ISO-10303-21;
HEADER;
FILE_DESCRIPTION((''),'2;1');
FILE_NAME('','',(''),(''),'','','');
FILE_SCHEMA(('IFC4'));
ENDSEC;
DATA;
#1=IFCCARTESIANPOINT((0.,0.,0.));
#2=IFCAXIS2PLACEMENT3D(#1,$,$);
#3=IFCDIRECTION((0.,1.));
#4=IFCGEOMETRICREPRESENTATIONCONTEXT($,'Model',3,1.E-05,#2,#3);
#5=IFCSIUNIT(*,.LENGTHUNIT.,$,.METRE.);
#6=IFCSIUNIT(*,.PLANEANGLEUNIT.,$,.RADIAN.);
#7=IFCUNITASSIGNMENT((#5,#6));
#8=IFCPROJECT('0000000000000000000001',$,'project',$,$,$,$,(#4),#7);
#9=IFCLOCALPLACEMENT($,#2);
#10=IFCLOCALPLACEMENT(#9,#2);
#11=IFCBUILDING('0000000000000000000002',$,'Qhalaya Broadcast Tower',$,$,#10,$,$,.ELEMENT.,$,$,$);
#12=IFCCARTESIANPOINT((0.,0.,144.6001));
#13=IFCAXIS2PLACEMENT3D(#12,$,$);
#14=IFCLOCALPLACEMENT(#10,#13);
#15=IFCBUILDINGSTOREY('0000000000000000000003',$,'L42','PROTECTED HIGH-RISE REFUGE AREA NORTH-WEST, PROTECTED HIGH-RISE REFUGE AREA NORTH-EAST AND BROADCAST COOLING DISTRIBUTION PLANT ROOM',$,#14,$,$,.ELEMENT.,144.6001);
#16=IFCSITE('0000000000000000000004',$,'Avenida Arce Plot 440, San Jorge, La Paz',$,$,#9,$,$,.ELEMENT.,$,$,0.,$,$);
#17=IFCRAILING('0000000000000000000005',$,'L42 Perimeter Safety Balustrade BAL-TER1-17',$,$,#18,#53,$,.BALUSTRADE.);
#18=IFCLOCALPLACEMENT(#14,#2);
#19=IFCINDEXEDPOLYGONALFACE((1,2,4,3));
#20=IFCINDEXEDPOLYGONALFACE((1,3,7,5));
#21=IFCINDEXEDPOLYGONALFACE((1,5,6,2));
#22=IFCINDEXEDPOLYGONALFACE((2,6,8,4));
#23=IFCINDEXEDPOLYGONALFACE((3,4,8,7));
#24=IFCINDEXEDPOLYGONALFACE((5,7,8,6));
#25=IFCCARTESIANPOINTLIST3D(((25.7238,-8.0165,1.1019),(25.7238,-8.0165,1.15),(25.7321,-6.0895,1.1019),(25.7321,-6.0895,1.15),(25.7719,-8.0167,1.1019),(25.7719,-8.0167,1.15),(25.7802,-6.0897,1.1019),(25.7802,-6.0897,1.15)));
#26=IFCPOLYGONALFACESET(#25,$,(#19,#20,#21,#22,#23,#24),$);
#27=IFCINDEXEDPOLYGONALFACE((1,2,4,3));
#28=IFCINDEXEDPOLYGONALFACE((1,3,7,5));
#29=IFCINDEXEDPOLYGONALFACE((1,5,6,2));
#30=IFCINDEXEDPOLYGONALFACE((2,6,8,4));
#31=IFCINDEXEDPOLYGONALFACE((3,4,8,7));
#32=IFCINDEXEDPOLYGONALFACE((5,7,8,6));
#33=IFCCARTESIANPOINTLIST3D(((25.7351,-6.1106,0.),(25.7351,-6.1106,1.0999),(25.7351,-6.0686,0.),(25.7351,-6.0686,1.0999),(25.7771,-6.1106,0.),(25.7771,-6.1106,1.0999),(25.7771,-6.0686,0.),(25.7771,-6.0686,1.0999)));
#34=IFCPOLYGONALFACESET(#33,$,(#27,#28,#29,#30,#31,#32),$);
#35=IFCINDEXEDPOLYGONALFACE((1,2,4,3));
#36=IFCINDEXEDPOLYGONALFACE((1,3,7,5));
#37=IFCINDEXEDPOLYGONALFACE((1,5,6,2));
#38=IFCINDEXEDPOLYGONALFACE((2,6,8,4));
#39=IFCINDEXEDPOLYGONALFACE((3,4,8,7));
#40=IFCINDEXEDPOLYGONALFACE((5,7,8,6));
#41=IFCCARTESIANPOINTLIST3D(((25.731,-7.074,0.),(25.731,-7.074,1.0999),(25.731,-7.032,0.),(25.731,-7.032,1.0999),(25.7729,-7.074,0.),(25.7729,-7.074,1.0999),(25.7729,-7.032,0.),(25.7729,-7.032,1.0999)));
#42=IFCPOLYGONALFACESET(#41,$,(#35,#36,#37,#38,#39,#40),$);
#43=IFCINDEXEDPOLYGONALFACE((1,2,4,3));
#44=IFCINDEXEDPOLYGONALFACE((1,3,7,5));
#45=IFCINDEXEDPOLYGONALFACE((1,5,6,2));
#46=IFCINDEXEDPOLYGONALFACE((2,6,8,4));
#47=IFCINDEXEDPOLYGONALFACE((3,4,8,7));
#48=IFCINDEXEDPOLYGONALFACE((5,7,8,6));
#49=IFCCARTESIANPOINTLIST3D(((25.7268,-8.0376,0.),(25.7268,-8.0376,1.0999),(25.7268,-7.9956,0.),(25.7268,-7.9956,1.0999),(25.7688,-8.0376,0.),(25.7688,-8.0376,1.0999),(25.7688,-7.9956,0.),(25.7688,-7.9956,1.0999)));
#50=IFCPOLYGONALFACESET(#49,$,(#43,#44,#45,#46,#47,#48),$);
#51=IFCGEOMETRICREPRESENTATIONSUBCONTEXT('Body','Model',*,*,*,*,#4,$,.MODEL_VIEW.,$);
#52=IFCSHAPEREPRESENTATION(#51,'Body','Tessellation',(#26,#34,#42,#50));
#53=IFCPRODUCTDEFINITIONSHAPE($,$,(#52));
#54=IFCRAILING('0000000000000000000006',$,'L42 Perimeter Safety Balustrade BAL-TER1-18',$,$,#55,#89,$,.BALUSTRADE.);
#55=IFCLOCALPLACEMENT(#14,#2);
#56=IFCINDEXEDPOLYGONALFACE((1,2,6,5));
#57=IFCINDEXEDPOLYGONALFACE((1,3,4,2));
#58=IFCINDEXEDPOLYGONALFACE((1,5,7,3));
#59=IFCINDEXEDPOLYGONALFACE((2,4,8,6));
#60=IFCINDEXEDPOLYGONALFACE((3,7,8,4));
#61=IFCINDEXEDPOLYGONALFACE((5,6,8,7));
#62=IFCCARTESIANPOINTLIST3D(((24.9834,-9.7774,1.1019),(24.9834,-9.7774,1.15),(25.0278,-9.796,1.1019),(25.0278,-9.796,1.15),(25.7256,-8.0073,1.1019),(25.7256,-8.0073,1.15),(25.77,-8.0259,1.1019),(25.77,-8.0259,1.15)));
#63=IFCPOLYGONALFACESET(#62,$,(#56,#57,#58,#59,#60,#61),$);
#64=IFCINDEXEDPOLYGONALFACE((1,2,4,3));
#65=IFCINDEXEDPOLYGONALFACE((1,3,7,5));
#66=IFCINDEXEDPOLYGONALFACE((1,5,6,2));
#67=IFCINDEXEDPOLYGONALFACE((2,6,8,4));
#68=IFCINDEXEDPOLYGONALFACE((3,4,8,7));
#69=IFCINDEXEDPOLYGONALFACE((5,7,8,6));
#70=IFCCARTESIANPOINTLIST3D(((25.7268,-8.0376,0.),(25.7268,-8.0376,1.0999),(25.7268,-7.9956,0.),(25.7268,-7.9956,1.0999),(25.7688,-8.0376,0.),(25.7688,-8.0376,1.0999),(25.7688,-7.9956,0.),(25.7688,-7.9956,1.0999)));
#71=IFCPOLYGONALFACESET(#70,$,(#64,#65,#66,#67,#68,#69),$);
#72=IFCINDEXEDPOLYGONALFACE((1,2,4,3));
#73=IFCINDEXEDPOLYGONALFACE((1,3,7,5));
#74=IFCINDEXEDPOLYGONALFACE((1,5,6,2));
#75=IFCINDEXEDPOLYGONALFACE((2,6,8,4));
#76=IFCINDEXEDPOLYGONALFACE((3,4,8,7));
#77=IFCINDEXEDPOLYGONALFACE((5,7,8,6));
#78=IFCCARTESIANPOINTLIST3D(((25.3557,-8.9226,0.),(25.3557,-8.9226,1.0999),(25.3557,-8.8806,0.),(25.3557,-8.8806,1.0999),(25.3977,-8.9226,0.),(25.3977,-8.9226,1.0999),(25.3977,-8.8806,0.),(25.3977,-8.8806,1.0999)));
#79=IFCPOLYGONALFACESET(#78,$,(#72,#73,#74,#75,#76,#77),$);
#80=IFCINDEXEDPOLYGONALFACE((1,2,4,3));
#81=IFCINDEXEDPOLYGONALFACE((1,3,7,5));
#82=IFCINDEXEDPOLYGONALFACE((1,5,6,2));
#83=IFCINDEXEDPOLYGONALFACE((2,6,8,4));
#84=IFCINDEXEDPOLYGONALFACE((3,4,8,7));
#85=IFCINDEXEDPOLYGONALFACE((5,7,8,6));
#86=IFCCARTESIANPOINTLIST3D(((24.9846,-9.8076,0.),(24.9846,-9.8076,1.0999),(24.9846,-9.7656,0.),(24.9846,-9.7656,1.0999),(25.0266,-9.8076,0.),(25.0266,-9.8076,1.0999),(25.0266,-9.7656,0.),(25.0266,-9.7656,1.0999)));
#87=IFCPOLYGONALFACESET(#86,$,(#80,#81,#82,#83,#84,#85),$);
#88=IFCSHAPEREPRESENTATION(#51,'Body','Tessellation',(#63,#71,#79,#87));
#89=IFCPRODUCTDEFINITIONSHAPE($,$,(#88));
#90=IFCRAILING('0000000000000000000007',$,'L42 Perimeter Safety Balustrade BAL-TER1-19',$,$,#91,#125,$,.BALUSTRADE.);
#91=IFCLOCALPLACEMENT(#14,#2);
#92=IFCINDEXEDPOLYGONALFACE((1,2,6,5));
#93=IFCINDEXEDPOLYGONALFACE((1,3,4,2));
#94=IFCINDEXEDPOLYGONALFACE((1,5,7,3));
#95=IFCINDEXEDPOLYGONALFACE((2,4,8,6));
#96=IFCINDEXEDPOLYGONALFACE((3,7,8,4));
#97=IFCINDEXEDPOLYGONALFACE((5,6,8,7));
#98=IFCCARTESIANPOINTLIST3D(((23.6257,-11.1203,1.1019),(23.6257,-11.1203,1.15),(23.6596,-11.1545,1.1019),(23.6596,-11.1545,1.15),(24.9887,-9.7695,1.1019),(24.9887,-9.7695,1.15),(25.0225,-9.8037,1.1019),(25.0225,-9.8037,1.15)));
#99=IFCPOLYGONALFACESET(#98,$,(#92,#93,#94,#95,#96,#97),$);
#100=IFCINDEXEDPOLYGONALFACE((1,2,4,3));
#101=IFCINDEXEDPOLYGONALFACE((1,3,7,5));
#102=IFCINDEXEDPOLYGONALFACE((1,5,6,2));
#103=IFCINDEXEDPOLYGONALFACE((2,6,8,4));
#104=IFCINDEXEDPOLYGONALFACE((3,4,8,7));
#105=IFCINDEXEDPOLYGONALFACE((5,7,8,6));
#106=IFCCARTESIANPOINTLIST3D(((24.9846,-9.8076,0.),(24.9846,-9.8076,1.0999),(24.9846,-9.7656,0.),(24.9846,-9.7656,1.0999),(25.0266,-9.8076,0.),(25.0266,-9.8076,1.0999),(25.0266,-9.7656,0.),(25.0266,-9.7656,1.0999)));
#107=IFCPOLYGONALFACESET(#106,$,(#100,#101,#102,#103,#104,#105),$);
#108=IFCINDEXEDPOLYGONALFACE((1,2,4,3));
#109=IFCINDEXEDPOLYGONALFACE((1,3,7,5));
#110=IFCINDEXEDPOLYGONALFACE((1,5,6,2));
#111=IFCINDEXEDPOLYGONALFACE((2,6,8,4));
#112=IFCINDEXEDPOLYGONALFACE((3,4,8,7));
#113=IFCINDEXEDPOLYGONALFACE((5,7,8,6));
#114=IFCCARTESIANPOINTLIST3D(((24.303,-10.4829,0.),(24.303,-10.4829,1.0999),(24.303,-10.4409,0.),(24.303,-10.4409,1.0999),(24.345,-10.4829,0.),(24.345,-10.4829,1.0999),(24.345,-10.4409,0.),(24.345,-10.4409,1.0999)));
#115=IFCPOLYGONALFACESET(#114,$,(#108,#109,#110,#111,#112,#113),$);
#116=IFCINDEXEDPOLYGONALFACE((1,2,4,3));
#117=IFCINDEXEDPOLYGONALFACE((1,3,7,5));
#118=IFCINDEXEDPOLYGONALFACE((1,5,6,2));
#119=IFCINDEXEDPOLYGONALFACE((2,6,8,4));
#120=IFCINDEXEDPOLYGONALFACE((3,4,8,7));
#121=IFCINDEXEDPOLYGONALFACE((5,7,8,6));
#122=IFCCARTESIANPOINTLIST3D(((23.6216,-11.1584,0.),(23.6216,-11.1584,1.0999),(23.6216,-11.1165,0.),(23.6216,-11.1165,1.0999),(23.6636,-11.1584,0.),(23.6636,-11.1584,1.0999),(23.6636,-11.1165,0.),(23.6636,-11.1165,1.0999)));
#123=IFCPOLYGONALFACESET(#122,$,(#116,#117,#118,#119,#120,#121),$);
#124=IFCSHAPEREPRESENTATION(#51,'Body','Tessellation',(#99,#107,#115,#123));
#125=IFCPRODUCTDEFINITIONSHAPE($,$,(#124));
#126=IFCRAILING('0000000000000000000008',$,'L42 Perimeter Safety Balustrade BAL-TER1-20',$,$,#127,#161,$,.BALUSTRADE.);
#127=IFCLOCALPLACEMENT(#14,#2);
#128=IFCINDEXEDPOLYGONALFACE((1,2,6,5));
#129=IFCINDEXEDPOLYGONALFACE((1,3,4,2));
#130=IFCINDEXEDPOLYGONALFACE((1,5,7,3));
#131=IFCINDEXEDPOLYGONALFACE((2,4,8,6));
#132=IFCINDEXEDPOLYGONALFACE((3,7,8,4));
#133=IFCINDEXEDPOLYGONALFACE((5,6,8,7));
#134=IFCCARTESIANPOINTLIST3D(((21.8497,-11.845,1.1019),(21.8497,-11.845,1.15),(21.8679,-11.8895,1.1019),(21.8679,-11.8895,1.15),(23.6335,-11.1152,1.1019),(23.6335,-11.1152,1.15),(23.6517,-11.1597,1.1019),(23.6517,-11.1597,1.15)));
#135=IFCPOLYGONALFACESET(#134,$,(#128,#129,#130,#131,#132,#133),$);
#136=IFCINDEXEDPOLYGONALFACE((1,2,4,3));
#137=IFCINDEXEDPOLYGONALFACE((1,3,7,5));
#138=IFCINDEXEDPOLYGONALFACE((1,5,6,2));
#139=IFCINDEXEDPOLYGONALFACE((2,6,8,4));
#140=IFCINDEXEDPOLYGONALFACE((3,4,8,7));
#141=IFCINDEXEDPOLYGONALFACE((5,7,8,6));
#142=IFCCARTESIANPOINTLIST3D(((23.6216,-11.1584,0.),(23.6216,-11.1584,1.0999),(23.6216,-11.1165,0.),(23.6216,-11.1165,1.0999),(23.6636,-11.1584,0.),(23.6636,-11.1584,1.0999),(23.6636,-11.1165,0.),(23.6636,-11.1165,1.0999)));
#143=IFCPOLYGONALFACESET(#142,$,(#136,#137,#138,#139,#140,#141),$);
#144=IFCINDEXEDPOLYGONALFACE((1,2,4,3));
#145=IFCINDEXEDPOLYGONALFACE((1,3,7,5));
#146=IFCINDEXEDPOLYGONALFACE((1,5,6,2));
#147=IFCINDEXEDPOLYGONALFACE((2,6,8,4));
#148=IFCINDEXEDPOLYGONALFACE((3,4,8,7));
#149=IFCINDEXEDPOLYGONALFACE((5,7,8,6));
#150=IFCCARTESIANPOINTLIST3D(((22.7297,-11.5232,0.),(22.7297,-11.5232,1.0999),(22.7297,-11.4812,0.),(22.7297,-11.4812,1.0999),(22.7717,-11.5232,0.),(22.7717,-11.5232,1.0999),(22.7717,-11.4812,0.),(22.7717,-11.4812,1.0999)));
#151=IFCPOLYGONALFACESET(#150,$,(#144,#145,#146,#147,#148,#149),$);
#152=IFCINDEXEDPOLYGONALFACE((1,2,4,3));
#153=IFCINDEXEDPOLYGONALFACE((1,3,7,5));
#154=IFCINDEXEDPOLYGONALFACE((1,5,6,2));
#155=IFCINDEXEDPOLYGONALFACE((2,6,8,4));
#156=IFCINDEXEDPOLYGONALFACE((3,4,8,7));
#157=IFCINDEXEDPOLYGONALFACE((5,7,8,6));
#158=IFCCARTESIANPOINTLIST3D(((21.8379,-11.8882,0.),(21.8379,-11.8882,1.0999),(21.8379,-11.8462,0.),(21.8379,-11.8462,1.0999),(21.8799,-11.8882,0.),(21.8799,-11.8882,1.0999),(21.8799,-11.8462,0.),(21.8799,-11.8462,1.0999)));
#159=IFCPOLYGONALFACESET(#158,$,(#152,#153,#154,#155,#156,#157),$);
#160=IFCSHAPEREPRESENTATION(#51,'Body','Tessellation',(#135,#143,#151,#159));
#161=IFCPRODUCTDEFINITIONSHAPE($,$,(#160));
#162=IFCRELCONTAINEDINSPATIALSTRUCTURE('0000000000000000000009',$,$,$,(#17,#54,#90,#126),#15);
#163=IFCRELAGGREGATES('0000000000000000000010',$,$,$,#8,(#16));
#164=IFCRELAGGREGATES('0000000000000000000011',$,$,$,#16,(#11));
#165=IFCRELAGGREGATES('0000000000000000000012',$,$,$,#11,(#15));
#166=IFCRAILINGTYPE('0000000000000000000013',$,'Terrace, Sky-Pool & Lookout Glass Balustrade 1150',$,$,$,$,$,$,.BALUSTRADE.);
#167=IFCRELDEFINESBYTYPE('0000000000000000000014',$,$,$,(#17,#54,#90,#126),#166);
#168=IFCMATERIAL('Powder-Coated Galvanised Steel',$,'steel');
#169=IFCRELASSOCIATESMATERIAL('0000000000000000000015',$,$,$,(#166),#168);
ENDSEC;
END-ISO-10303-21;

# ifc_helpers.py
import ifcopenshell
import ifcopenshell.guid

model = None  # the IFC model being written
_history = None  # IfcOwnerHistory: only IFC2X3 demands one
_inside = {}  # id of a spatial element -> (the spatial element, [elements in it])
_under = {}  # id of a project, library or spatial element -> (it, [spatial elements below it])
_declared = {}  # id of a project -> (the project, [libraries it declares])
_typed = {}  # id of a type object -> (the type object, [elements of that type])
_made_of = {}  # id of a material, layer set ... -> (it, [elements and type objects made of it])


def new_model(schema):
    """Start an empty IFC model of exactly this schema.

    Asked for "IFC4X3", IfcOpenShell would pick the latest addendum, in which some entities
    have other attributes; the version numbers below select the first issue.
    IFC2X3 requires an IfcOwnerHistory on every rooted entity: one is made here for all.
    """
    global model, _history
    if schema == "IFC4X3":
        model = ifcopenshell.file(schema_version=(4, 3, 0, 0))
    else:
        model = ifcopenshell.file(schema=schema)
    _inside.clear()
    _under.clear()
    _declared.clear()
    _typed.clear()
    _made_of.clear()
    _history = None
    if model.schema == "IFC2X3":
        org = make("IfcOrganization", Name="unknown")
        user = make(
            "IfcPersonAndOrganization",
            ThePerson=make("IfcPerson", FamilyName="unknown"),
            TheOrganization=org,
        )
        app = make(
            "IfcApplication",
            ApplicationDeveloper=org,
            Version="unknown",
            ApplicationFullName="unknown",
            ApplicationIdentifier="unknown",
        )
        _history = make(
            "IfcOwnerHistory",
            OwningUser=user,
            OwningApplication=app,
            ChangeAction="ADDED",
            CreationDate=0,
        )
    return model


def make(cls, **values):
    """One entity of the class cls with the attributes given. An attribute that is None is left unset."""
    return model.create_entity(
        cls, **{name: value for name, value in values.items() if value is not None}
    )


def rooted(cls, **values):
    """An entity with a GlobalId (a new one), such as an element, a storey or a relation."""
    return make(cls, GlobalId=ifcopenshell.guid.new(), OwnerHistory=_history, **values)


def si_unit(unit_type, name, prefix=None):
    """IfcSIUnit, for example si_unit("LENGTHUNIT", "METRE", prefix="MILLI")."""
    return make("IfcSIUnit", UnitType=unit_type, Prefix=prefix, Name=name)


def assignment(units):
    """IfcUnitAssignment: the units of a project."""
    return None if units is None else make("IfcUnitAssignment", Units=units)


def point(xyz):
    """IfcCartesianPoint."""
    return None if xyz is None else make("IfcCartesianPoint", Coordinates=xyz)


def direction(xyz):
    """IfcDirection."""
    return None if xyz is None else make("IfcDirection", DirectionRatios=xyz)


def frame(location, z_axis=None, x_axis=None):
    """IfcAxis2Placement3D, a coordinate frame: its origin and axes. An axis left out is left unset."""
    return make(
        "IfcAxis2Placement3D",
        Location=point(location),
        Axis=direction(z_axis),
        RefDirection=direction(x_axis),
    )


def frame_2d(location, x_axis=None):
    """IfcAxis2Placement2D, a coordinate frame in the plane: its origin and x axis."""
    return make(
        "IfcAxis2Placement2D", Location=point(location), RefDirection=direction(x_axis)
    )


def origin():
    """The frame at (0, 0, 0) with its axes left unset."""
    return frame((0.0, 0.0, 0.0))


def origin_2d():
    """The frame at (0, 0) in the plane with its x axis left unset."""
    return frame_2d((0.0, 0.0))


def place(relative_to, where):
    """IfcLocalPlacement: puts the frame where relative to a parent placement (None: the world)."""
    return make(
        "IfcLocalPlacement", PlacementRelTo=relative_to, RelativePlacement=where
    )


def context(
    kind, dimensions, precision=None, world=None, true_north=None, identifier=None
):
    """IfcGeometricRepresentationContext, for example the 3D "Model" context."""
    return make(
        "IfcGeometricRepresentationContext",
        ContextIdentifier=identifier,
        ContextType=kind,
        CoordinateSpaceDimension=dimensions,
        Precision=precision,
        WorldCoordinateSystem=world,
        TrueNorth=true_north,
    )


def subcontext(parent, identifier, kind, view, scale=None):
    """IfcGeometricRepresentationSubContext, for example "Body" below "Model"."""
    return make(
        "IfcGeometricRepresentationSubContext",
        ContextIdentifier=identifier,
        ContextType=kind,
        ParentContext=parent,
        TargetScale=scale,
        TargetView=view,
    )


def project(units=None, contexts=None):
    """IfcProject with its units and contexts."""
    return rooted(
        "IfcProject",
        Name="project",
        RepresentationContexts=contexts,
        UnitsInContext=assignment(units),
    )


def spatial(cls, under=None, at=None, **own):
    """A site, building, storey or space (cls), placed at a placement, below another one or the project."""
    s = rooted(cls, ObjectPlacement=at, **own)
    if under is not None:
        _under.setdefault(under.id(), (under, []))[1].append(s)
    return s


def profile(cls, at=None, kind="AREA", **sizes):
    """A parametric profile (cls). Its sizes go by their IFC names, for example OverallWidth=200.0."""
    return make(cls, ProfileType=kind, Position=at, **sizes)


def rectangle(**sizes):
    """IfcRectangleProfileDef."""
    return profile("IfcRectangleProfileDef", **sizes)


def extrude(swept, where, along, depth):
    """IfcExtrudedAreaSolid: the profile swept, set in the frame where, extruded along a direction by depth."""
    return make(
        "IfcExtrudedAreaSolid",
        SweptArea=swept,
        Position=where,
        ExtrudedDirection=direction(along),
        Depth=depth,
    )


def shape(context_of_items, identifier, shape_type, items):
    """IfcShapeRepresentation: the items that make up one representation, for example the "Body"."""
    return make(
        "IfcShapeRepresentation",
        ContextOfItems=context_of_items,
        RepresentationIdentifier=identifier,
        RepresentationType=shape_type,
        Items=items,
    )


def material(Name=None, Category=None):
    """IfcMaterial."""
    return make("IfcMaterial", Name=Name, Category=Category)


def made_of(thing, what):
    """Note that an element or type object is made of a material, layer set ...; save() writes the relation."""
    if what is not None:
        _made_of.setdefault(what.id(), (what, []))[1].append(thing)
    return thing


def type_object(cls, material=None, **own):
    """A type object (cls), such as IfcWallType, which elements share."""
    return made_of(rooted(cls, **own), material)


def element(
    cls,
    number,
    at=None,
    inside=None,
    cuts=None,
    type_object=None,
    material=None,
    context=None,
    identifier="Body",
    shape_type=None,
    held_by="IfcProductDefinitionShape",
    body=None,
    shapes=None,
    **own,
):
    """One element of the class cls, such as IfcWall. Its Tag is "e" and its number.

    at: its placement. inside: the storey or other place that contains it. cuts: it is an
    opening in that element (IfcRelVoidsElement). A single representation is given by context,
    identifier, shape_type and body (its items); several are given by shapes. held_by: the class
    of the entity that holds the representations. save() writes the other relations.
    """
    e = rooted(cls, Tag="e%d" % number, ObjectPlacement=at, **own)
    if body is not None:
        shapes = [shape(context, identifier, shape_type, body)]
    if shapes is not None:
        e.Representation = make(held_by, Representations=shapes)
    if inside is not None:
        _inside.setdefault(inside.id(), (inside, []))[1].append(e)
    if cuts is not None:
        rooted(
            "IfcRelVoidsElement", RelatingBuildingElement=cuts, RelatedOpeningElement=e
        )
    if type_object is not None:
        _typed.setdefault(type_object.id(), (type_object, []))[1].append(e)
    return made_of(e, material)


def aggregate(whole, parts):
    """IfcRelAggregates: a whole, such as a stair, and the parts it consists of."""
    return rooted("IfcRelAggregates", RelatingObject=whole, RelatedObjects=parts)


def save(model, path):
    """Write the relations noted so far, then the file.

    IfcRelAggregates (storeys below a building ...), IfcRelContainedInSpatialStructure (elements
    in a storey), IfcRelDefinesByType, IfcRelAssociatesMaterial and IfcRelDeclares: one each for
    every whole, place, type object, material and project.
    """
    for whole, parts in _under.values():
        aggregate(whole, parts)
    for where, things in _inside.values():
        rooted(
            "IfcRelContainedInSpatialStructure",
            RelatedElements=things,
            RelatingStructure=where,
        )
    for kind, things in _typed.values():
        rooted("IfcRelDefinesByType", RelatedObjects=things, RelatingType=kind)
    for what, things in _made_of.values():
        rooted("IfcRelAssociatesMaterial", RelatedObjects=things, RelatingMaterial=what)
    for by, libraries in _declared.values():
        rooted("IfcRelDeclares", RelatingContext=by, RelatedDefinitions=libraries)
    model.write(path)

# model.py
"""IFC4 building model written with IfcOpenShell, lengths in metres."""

from ifc_helpers import new_model, si_unit, direction, frame, origin, origin_2d, place, context, subcontext, project, spatial, rectangle, extrude, material, type_object, element, save


model = new_model("IFC4")

# Units and contexts
model_context = context("Model", 3, precision=1e-05, world=origin(), true_north=direction((0.0, 1.0)))
body_context = subcontext(model_context, "Body", "Model", "MODEL_VIEW")
ifc_project = project(units=[si_unit("LENGTHUNIT", "METRE"), si_unit("PLANEANGLEUNIT", "RADIAN")], contexts=[model_context])

# Site, building, storey
site_placement = place(None, origin())
site = spatial("IfcSite", under=ifc_project, at=site_placement, Name="Avenida Arce Plot 440, San Jorge, La Paz", CompositionType="ELEMENT", RefElevation=0.0)
building_placement = place(site_placement, origin())
building = spatial("IfcBuilding", under=site, at=building_placement, Name="Qhalaya Broadcast Tower", CompositionType="ELEMENT")
storey_placement = place(building_placement, frame((0.0, 0.0, 144.6001)))
storey = spatial("IfcBuildingStorey", under=building, at=storey_placement, Name="L42", Description="PROTECTED HIGH-RISE REFUGE AREA NORTH-WEST, PROTECTED HIGH-RISE REFUGE AREA NORTH-EAST AND BROADCAST COOLING DISTRIBUTION PLANT ROOM", CompositionType="ELEMENT", Elevation=144.6001)

# Railings
ifc_material_1 = material(Name="Powder-Coated Galvanised Steel", Category="steel")
railing_type = type_object("IfcRailingType", Name="Terrace, Sky-Pool & Lookout Glass Balustrade 1150", PredefinedType="BALUSTRADE", material=ifc_material_1)
railing_1_placement = place(storey_placement, frame((25.7561, -6.0896, 0.0)))
element("IfcRailing", 1, at=railing_1_placement, inside=storey, type_object=railing_type, Name="L42 Perimeter Safety Balustrade BAL-TER1-17", PredefinedType="BALUSTRADE", context=body_context, shape_type="SweptSolid", body=[
    extrude(rectangle(XDim=0.0481, YDim=0.0481, at=origin_2d()), frame((0.0, 0.0, 1.126), z_axis=(-0.004308, -0.999991, 0.0), x_axis=(0.999991, -0.004308, 0.0)), (0.0, 0.0, 1.0), 1.927),
    extrude(rectangle(XDim=0.042, YDim=0.042, at=origin_2d()), origin(), (0.0, 0.0, 1.0), 1.0999),
    extrude(rectangle(XDim=0.042, YDim=0.042, at=origin_2d()), frame((-0.0042, -0.9634, 0.0)), (0.0, 0.0, 1.0), 1.0999),
    extrude(rectangle(XDim=0.042, YDim=0.042, at=origin_2d()), frame((-0.0083, -1.927, 0.0)), (0.0, 0.0, 1.0), 1.0999),
])
railing_2_placement = place(storey_placement, frame((25.7478, -8.0166, 0.0)))
element("IfcRailing", 2, at=railing_2_placement, inside=storey, type_object=railing_type, Name="L42 Perimeter Safety Balustrade BAL-TER1-18", PredefinedType="BALUSTRADE", context=body_context, shape_type="SweptSolid", body=[
    extrude(rectangle(XDim=0.0481, YDim=0.0481, at=origin_2d()), frame((0.0, 0.0, 1.126), z_axis=(-0.386692, -0.922209, 0.0), x_axis=(0.922209, -0.386692, 0.0)), (0.0, 0.0, 1.0), 1.9194),
    extrude(rectangle(XDim=0.042, YDim=0.042, at=origin_2d()), origin(), (0.0, 0.0, 1.0), 1.0999),
    extrude(rectangle(XDim=0.042, YDim=0.042, at=origin_2d()), frame((-0.3711, -0.885, 0.0)), (0.0, 0.0, 1.0), 1.0999),
    extrude(rectangle(XDim=0.042, YDim=0.042, at=origin_2d()), frame((-0.7422, -1.77, 0.0)), (0.0, 0.0, 1.0), 1.0999),
])
railing_3_placement = place(storey_placement, frame((25.0056, -9.7866, 0.0)))
element("IfcRailing", 3, at=railing_3_placement, inside=storey, type_object=railing_type, Name="L42 Perimeter Safety Balustrade BAL-TER1-19", PredefinedType="BALUSTRADE", context=body_context, shape_type="SweptSolid", body=[
    extrude(rectangle(XDim=0.0481, YDim=0.0481, at=origin_2d()), frame((0.0, 0.0, 1.126), z_axis=(-0.71028, -0.703919, 0.0), x_axis=(0.703919, -0.71028, 0.0)), (0.0, 0.0, 1.0), 1.9189),
    extrude(rectangle(XDim=0.042, YDim=0.042, at=origin_2d()), origin(), (0.0, 0.0, 1.0), 1.0999),
    extrude(rectangle(XDim=0.042, YDim=0.042, at=origin_2d()), frame((-0.6816, -0.6753, 0.0)), (0.0, 0.0, 1.0), 1.0999),
    extrude(rectangle(XDim=0.042, YDim=0.042, at=origin_2d()), frame((-1.363, -1.3508, 0.0)), (0.0, 0.0, 1.0), 1.0999),
])
railing_4_placement = place(storey_placement, frame((23.6426, -11.1375, 0.0)))
element("IfcRailing", 4, at=railing_4_placement, inside=storey, type_object=railing_type, Name="L42 Perimeter Safety Balustrade BAL-TER1-20", PredefinedType="BALUSTRADE", context=body_context, shape_type="SweptSolid", body=[
    extrude(rectangle(XDim=0.0481, YDim=0.0481, at=origin_2d()), frame((0.0, 0.0, 1.126), z_axis=(-0.925539, -0.378653, 0.0), x_axis=(0.378653, -0.925539, 0.0)), (0.0, 0.0, 1.0), 1.9272),
    extrude(rectangle(XDim=0.042, YDim=0.042, at=origin_2d()), origin(), (0.0, 0.0, 1.0), 1.0999),
    extrude(rectangle(XDim=0.042, YDim=0.042, at=origin_2d()), frame((-0.8918, -0.3647, 0.0)), (0.0, 0.0, 1.0), 1.0999),
    extrude(rectangle(XDim=0.042, YDim=0.042, at=origin_2d()), frame((-1.7837, -0.7297, 0.0)), (0.0, 0.0, 1.0), 1.0999),
])

save(model, "model.ifc")
